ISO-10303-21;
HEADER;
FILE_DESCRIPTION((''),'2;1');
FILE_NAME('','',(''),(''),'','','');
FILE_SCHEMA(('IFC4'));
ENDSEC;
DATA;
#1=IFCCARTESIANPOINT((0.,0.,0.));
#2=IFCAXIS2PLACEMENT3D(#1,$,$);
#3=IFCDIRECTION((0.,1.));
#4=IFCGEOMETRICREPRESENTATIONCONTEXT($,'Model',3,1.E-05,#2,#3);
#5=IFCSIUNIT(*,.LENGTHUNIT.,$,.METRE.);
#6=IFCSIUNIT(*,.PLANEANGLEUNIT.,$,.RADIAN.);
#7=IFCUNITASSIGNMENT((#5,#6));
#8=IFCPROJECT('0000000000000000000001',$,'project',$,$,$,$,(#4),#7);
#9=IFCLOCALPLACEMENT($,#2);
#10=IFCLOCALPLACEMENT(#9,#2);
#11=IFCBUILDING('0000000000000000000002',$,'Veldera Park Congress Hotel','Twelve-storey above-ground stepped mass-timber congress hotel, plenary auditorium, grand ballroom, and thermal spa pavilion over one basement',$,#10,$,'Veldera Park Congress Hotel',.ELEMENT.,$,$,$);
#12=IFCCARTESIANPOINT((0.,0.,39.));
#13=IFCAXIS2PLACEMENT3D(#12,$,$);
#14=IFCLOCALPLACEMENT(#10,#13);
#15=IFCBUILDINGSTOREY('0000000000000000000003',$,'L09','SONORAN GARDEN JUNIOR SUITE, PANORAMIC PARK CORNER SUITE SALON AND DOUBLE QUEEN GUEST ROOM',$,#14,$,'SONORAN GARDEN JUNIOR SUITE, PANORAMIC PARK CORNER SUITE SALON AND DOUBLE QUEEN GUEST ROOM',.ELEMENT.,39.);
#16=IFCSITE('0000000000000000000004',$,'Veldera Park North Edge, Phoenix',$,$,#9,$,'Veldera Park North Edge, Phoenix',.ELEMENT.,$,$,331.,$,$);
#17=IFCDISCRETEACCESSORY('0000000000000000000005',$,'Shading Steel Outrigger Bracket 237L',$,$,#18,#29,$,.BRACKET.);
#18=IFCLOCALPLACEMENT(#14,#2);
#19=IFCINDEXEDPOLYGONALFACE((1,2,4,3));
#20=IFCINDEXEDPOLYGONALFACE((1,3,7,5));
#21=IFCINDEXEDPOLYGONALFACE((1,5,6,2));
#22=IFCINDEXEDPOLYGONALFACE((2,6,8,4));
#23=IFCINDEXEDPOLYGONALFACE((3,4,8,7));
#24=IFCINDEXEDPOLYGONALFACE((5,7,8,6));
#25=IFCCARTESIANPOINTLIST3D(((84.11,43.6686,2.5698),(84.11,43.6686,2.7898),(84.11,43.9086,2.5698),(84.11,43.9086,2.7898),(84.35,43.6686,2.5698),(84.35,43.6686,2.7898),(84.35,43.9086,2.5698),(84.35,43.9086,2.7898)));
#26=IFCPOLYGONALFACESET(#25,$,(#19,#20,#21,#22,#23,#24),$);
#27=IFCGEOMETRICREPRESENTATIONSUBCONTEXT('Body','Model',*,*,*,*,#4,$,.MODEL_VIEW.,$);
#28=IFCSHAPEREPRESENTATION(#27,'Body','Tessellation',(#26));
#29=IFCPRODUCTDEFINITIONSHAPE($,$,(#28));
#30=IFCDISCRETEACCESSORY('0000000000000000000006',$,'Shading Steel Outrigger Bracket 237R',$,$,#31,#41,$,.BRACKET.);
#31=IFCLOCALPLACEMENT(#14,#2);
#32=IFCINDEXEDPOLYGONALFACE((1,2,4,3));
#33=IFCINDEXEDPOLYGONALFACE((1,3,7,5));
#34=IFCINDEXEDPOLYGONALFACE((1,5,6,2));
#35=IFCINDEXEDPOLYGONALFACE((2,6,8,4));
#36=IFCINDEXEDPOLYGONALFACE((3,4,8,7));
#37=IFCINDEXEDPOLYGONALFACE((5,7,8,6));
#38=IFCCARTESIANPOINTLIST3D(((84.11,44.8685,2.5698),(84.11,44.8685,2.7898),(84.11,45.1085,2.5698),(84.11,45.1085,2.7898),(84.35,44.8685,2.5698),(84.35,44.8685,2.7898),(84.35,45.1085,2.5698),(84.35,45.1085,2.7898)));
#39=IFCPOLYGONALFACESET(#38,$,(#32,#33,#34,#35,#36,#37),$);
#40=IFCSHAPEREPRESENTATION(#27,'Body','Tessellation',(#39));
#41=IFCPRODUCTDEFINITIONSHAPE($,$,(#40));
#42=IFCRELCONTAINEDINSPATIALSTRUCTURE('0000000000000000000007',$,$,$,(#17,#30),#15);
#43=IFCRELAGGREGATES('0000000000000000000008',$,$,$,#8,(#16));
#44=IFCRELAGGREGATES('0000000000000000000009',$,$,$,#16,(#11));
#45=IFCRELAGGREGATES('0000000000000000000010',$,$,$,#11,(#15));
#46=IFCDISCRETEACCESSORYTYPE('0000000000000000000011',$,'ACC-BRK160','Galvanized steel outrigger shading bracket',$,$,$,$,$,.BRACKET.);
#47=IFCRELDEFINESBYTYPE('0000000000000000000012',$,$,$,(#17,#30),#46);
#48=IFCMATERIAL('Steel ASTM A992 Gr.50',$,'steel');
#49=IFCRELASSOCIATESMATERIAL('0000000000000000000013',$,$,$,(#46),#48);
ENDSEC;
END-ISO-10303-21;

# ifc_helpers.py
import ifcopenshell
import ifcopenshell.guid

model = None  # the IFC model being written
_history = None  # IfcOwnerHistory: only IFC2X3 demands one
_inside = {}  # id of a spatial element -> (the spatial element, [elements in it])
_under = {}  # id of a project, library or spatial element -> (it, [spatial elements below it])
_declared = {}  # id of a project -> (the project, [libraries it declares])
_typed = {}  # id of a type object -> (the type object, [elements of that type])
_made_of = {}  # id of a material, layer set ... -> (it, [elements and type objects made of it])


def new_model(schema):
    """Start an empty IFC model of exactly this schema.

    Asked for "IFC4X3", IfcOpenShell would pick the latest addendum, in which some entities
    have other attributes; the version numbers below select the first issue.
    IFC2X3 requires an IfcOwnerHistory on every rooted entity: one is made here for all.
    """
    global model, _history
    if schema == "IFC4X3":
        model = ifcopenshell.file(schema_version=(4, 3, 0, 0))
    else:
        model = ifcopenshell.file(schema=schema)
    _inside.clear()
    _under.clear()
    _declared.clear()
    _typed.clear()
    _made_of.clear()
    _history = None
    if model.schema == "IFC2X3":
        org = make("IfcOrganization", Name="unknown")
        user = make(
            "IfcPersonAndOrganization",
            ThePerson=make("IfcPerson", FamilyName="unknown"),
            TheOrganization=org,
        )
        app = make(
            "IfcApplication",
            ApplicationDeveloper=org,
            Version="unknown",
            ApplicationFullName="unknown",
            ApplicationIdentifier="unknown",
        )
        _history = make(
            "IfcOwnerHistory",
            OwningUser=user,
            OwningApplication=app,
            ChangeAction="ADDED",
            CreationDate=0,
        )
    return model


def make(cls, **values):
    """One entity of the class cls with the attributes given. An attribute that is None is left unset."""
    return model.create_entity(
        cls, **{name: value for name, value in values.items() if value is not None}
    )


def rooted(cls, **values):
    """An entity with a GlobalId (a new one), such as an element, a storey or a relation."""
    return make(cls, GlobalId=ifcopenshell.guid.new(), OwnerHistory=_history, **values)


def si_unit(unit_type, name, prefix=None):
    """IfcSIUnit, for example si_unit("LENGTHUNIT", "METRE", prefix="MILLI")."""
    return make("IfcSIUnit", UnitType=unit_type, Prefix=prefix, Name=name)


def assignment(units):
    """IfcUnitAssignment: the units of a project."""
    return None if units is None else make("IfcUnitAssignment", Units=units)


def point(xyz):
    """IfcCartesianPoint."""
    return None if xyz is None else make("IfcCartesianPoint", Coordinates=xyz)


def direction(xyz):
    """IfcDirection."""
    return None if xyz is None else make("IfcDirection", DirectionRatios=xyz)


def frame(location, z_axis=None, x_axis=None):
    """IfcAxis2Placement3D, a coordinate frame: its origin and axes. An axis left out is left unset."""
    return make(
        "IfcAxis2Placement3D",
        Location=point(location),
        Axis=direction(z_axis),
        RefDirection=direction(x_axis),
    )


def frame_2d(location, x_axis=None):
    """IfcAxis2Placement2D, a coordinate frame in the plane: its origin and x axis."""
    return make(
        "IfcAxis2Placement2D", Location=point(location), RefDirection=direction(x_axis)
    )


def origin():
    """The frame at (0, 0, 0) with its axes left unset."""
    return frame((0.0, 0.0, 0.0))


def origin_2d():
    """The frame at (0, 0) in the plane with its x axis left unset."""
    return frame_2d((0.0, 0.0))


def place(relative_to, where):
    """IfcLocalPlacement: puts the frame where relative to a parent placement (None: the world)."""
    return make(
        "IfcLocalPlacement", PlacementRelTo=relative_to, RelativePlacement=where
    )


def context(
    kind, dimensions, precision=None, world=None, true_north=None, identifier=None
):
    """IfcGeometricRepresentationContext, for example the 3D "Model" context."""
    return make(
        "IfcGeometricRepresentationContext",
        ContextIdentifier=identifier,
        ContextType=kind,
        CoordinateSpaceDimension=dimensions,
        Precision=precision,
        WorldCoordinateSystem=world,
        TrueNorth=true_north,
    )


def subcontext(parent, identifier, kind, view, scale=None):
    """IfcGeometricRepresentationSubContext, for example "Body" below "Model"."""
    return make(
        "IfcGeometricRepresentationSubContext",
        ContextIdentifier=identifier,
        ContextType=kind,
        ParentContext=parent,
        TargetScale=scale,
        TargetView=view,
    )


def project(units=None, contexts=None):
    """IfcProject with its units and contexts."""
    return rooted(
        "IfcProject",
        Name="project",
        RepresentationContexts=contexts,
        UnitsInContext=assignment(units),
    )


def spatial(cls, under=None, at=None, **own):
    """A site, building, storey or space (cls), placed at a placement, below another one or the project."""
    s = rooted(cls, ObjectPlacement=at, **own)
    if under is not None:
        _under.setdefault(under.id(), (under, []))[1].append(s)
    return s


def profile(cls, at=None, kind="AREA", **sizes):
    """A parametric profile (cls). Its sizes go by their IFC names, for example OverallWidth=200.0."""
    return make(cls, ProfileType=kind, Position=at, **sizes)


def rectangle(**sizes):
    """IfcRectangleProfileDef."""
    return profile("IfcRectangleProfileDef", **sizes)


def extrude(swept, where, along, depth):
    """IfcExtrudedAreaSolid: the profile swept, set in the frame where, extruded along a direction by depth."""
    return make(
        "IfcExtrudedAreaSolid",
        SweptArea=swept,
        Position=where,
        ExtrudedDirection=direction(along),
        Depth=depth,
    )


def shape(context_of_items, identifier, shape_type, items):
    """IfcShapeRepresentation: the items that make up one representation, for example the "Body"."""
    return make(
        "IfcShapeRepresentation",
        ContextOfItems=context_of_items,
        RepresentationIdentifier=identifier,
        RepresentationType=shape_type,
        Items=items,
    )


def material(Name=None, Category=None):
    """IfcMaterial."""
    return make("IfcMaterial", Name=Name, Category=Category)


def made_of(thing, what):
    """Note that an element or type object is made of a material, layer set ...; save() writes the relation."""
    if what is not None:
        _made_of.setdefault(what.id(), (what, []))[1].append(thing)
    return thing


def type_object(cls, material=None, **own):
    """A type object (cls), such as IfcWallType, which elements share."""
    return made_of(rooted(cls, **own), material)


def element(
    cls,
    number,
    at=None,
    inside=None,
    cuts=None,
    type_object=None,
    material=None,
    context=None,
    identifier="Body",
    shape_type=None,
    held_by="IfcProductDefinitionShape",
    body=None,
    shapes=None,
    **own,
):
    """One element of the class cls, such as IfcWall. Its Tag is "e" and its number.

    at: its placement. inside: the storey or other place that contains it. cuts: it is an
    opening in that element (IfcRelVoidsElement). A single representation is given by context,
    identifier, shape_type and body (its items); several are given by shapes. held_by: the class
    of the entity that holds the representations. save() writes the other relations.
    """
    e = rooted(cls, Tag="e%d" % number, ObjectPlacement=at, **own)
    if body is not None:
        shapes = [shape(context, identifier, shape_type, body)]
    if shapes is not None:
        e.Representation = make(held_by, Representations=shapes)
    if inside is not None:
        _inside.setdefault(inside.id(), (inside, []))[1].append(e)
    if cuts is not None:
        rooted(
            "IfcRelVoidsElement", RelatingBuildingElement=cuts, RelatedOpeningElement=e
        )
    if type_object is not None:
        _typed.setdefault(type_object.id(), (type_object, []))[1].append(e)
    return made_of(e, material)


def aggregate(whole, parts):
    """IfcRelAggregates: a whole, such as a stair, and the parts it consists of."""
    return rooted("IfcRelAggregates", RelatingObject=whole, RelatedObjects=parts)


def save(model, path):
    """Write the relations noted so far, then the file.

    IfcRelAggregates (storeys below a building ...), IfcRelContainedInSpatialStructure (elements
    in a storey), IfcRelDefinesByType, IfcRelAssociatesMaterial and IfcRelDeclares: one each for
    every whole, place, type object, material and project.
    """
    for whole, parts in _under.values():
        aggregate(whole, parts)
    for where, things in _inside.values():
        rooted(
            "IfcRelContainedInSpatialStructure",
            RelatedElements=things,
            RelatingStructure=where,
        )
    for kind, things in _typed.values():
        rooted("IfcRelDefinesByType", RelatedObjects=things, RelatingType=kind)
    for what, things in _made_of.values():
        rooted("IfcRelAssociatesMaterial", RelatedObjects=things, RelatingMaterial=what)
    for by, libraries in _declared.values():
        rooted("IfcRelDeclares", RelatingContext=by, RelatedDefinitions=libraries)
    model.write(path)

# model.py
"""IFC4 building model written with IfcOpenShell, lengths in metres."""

from ifc_helpers import new_model, si_unit, direction, frame, origin, origin_2d, place, context, subcontext, project, spatial, rectangle, extrude, material, type_object, element, save


model = new_model("IFC4")

# Units and contexts
model_context = context("Model", 3, precision=1e-05, world=origin(), true_north=direction((0.0, 1.0)))
body_context = subcontext(model_context, "Body", "Model", "MODEL_VIEW")
ifc_project = project(units=[si_unit("LENGTHUNIT", "METRE"), si_unit("PLANEANGLEUNIT", "RADIAN")], contexts=[model_context])

# Site, building, storey
site_placement = place(None, origin())
site = spatial("IfcSite", under=ifc_project, at=site_placement, Name="Veldera Park North Edge, Phoenix", LongName="Veldera Park North Edge, Phoenix", CompositionType="ELEMENT", RefElevation=331.0)
building_placement = place(site_placement, origin())
building = spatial("IfcBuilding", under=site, at=building_placement, Name="Veldera Park Congress Hotel", Description="Twelve-storey above-ground stepped mass-timber congress hotel, plenary auditorium, grand ballroom, and thermal spa pavilion over one basement", LongName="Veldera Park Congress Hotel", CompositionType="ELEMENT")
storey_placement = place(building_placement, frame((0.0, 0.0, 39.0)))
storey = spatial("IfcBuildingStorey", under=building, at=storey_placement, Name="L09", Description="SONORAN GARDEN JUNIOR SUITE, PANORAMIC PARK CORNER SUITE SALON AND DOUBLE QUEEN GUEST ROOM", LongName="SONORAN GARDEN JUNIOR SUITE, PANORAMIC PARK CORNER SUITE SALON AND DOUBLE QUEEN GUEST ROOM", CompositionType="ELEMENT", Elevation=39.0)

# Shared definitions
ifc_material_1 = material(Name="Steel ASTM A992 Gr.50", Category="steel")

# Discrete accessories
discrete_accessory_type = type_object("IfcDiscreteAccessoryType", Name="ACC-BRK160", Description="Galvanized steel outrigger shading bracket", PredefinedType="BRACKET", material=ifc_material_1)
for number, where, z_axis, x_axis, name in (
    (1, (84.23, 43.7886, 2.5698), (0.0, 0.0, 1.0), (0.0, 1.0, 0.0), "Shading Steel Outrigger Bracket 237L"),
    (2, (84.23, 44.9885, 2.5698), (0.0, 0.0, 1.0), (0.0, 1.0, 0.0), "Shading Steel Outrigger Bracket 237R"),
):
    element("IfcDiscreteAccessory", number, at=place(storey_placement, frame(where, z_axis=z_axis, x_axis=x_axis)), inside=storey, type_object=discrete_accessory_type, Name=name, PredefinedType="BRACKET", context=body_context, shape_type="SweptSolid", body=[
        extrude(rectangle(XDim=0.24, YDim=0.24, at=origin_2d()), origin(), (0.0, 0.0, 1.0), 0.22),
    ])

save(model, "model.ifc")
